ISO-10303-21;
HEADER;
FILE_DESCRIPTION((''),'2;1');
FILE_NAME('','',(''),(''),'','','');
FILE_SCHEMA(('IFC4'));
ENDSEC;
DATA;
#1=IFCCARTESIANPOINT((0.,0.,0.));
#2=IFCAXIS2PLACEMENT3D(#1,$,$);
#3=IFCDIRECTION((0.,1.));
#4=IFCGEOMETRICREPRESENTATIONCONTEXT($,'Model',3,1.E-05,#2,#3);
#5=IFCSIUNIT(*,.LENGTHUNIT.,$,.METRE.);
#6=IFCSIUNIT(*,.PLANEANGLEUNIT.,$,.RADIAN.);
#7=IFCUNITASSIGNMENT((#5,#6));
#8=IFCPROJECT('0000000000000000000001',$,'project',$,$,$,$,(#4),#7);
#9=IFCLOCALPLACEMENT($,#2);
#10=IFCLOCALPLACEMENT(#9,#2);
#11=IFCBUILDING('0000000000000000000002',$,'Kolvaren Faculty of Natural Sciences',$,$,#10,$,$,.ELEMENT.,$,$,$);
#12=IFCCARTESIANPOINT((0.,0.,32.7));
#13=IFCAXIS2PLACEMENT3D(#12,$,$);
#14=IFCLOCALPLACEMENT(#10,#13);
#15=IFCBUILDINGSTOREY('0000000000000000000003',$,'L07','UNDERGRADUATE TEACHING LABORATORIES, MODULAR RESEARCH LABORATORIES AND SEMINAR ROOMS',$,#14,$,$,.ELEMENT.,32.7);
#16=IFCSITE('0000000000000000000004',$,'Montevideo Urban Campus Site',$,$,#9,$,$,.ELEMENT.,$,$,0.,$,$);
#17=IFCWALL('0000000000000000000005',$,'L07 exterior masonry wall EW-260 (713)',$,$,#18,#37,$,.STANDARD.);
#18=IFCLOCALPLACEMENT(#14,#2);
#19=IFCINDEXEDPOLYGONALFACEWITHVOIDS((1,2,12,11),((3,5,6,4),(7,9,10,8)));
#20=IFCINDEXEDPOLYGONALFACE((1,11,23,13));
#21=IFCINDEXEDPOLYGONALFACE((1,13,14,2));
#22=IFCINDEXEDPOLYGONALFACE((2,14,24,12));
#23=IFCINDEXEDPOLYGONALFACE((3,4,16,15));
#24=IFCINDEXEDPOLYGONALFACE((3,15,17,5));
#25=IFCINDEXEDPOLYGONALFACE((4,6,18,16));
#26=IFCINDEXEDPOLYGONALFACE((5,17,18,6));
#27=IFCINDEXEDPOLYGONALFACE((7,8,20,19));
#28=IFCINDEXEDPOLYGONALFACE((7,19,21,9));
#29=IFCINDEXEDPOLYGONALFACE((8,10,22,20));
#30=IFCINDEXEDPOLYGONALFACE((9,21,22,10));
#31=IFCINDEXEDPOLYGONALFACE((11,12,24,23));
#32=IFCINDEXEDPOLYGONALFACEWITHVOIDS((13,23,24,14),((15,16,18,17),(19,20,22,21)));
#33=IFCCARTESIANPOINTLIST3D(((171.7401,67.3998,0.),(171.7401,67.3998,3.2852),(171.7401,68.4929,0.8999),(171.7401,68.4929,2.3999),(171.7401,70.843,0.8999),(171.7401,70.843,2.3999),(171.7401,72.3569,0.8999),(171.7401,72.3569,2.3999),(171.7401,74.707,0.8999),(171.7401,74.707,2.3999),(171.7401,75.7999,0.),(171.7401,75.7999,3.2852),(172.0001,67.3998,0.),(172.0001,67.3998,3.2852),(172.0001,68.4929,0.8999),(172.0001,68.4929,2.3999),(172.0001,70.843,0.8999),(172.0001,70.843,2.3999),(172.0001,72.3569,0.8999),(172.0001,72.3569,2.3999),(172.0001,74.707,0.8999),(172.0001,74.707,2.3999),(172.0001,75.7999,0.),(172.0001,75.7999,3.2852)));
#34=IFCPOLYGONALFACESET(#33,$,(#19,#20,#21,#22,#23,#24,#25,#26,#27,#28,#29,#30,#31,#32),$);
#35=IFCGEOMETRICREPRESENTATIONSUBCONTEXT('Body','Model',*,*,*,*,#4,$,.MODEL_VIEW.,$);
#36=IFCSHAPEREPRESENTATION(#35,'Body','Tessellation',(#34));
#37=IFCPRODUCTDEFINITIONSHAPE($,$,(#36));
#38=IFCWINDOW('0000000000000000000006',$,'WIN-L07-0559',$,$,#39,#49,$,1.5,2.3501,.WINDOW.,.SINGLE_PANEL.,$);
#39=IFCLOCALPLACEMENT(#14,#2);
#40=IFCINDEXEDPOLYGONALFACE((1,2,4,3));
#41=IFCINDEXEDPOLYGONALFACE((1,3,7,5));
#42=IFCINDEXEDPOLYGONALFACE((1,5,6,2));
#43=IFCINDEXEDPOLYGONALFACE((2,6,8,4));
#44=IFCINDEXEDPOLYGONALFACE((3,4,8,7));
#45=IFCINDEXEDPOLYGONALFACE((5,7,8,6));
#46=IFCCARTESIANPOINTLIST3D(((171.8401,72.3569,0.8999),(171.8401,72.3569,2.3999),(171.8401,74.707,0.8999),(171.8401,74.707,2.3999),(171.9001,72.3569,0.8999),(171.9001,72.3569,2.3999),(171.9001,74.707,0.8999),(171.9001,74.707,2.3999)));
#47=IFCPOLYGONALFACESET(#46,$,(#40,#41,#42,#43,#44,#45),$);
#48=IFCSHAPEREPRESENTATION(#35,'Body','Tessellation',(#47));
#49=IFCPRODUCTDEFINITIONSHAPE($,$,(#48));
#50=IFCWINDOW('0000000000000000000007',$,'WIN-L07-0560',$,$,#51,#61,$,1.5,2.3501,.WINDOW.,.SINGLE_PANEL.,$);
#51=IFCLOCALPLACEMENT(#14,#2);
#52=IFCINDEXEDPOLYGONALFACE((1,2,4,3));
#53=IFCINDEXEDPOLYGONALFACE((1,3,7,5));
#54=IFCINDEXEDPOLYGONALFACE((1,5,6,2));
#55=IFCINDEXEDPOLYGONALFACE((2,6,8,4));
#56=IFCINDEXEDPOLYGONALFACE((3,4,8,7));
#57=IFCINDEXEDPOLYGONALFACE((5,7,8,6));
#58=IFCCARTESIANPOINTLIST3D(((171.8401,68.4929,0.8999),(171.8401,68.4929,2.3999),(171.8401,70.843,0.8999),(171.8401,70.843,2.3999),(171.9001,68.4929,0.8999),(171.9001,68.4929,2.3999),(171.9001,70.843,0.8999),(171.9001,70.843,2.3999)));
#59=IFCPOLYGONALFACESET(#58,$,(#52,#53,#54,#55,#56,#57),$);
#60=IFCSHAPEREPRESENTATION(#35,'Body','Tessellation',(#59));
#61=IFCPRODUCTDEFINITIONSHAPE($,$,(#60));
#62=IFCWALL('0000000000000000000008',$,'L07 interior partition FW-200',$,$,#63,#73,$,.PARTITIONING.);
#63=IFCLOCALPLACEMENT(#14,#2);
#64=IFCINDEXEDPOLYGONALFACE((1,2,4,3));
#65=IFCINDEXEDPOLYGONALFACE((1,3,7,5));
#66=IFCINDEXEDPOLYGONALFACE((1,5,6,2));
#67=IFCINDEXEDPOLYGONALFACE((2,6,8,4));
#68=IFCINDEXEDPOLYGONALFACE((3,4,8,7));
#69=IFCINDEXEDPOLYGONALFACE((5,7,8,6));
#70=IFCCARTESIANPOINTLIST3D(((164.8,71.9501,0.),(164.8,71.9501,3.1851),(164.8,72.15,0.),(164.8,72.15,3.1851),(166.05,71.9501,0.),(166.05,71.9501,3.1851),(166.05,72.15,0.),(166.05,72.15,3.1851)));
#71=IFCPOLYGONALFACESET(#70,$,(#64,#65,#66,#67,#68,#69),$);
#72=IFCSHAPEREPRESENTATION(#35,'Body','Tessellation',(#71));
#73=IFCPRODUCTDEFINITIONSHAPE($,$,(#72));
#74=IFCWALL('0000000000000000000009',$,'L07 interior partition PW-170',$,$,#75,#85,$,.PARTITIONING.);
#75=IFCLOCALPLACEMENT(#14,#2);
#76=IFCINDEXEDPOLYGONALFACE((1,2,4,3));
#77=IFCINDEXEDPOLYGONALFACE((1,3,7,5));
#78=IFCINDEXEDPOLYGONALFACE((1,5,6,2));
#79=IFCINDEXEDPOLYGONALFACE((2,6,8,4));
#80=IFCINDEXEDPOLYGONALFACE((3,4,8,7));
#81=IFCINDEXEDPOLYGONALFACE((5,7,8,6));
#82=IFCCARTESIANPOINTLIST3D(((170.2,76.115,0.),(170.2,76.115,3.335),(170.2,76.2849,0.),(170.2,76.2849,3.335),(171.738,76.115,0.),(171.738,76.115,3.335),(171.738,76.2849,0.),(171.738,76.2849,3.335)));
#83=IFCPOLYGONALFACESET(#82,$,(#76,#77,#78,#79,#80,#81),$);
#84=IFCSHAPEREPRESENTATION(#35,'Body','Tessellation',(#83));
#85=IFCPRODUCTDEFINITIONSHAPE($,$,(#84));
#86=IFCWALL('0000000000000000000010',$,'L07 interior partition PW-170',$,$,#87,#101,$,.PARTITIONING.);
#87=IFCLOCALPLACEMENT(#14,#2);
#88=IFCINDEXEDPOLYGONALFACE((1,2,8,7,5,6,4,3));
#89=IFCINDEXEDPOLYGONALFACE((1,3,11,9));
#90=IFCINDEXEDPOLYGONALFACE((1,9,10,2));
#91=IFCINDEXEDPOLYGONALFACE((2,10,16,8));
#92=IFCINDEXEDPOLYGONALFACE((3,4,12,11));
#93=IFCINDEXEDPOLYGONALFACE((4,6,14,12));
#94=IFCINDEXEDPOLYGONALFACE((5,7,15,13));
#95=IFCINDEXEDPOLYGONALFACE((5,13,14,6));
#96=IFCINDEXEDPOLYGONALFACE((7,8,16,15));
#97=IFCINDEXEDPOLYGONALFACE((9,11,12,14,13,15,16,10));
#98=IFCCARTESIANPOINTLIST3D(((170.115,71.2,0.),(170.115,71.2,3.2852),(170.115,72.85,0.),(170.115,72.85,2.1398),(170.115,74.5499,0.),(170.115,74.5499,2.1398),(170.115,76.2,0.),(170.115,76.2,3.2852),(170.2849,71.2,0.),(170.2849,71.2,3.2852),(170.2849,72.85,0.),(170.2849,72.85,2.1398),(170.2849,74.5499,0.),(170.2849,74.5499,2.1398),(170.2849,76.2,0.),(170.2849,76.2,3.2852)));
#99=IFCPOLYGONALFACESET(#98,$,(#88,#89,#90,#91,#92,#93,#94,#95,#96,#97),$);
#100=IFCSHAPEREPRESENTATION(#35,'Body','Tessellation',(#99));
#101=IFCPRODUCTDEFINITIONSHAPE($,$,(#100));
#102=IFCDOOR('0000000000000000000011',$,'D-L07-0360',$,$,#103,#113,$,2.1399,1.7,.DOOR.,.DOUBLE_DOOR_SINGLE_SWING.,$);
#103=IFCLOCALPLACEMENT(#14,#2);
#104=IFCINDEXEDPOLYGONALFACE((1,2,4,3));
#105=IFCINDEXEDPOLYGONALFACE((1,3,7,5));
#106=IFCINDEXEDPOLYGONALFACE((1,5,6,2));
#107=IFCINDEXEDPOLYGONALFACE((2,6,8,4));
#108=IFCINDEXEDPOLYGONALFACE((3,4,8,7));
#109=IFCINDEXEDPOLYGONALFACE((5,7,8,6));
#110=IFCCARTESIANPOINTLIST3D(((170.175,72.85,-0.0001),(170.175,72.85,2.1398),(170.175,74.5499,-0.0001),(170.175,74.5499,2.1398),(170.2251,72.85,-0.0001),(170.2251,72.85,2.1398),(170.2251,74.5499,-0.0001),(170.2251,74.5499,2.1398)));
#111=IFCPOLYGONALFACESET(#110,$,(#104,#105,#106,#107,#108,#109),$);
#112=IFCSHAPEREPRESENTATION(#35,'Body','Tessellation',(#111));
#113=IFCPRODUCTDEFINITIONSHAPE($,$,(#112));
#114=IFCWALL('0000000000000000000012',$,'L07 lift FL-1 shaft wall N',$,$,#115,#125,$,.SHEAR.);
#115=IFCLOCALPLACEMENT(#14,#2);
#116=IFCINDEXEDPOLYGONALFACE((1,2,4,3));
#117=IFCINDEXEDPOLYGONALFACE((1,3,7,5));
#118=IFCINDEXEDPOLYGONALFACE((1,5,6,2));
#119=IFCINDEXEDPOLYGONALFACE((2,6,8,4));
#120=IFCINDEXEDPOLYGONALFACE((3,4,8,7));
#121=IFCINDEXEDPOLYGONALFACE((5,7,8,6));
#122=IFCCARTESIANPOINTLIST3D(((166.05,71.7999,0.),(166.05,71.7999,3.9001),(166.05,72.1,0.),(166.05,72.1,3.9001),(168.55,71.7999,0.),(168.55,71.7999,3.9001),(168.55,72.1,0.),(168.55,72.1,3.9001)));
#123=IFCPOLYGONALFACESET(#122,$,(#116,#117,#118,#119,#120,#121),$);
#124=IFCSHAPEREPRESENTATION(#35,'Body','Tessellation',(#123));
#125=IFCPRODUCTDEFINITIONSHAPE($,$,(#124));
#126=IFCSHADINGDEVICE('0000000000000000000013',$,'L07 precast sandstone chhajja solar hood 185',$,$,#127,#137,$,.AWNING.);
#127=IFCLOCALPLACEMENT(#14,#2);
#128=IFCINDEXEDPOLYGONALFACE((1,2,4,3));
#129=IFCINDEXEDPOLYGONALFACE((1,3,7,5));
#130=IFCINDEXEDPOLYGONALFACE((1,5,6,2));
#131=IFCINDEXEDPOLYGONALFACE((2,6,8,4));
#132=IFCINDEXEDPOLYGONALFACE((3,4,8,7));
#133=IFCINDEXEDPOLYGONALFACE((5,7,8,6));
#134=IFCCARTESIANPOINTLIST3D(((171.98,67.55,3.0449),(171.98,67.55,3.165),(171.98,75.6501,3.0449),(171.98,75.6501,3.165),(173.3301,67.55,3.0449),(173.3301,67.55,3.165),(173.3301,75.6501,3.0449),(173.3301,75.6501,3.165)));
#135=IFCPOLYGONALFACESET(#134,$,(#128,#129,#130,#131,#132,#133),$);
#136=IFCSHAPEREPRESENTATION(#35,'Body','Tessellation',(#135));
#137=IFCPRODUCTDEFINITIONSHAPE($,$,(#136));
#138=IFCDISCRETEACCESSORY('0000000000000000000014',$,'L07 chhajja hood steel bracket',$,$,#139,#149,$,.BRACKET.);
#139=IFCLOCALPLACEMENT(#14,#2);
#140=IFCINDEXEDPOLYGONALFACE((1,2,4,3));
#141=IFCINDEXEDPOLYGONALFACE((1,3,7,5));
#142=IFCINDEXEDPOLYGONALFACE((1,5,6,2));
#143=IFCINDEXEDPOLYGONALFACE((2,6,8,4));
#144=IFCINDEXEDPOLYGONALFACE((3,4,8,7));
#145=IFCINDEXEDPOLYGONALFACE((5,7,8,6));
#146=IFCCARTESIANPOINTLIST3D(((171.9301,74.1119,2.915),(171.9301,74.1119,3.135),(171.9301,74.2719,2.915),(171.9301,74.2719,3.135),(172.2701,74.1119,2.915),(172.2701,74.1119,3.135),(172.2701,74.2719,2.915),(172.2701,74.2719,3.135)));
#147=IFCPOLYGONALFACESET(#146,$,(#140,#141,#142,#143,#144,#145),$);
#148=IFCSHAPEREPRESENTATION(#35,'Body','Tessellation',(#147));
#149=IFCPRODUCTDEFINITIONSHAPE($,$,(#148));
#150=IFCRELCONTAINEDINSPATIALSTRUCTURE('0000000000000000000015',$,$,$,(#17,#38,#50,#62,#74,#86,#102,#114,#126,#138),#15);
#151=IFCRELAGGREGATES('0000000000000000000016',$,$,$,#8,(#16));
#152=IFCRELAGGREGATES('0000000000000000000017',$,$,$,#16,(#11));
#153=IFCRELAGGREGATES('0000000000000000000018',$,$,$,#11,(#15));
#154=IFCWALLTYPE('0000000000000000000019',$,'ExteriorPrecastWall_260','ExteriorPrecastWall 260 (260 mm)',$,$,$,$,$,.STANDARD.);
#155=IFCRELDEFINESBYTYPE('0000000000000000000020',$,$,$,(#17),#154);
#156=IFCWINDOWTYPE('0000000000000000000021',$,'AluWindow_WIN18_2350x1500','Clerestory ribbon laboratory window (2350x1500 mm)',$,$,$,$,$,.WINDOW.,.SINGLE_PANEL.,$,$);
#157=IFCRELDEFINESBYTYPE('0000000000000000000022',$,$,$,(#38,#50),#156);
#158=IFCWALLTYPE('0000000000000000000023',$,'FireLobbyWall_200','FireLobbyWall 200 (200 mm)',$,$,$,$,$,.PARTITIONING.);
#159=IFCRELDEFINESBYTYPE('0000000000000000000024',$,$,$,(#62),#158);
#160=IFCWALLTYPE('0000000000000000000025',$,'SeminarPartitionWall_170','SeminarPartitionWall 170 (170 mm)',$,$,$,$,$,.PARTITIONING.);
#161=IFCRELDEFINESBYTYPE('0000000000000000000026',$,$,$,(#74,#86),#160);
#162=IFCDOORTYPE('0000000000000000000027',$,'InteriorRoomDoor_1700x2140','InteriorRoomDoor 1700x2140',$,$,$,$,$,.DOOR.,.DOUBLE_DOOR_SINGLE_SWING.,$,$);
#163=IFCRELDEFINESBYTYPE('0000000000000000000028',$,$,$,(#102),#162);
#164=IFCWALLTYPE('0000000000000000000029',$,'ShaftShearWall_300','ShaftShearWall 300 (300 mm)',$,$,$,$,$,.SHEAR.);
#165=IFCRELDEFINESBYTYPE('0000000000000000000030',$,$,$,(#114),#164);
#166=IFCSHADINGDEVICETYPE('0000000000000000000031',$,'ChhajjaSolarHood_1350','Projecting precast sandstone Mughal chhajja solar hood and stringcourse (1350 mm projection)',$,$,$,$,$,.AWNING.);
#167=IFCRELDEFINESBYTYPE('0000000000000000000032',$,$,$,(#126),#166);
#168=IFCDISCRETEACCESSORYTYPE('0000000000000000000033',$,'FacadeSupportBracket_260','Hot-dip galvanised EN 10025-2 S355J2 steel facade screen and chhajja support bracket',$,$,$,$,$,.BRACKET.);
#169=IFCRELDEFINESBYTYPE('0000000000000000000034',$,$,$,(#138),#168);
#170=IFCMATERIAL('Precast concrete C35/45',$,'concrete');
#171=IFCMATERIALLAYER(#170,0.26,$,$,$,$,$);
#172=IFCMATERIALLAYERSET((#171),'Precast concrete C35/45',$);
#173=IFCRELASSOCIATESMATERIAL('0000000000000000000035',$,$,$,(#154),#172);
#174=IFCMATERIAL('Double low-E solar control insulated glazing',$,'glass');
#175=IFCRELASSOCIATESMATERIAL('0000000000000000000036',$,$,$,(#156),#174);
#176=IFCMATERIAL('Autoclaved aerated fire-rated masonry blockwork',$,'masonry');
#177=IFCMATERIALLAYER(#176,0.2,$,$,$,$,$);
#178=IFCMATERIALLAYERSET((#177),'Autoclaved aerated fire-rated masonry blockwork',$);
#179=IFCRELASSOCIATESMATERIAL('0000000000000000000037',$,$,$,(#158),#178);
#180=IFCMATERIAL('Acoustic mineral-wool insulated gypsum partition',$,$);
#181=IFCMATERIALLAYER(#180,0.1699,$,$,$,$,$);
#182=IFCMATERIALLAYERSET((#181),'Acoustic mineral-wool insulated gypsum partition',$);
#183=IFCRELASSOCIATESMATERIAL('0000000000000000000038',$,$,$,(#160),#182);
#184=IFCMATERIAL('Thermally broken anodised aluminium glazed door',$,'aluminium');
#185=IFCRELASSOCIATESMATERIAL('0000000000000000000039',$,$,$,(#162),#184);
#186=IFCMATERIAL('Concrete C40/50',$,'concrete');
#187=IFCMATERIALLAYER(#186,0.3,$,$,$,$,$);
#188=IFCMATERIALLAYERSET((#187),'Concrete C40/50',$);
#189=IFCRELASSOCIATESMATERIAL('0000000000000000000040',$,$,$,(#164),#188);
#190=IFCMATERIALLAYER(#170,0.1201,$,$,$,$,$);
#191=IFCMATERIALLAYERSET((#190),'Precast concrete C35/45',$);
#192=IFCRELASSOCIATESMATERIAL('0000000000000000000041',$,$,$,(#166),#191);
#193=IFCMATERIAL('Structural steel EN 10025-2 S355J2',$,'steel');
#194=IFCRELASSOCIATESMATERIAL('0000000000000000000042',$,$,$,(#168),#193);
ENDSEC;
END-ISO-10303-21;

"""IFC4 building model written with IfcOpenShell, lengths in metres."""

from ifc_helpers import new_model, si_unit, direction, frame, frame_2d, origin, origin_2d, place, context, subcontext, project, spatial, rectangle, extrude, material, layer, layer_set, type_object, element, fill, save


model = new_model("IFC4")

# Units and contexts
model_context = context("Model", 3, precision=1e-05, world=origin(), true_north=direction((0.0, 1.0)))
body_context = subcontext(model_context, "Body", "Model", "MODEL_VIEW")
ifc_project = project(units=[si_unit("LENGTHUNIT", "METRE"), si_unit("PLANEANGLEUNIT", "RADIAN")], contexts=[model_context])

# Site, building, storey
site_placement = place(None, origin())
site = spatial("IfcSite", under=ifc_project, at=site_placement, Name="Montevideo Urban Campus Site", CompositionType="ELEMENT", RefElevation=0.0)
building_placement = place(site_placement, origin())
building = spatial("IfcBuilding", under=site, at=building_placement, Name="Kolvaren Faculty of Natural Sciences", CompositionType="ELEMENT")
storey_placement = place(building_placement, frame((0.0, 0.0, 32.7)))
storey = spatial("IfcBuildingStorey", under=building, at=storey_placement, Name="L07", Description="UNDERGRADUATE TEACHING LABORATORIES, MODULAR RESEARCH LABORATORIES AND SEMINAR ROOMS", CompositionType="ELEMENT", Elevation=32.7)

# Shared definitions
ifc_material_1 = material(Name="Acoustic mineral-wool insulated gypsum partition")
ifc_material_2 = material(Name="Thermally broken anodised aluminium glazed door", Category="aluminium")

# Wall, openings, windows
ifc_material_3 = material(Name="Precast concrete C35/45", Category="concrete")
ifc_layer_1 = layer(ifc_material_3, 0.26)
ifc_layer_set_1 = layer_set([ifc_layer_1], Name="Precast concrete C35/45")
wall_type_1 = type_object("IfcWallType", Name="ExteriorPrecastWall_260", Description="ExteriorPrecastWall 260 (260 mm)", PredefinedType="STANDARD", material=ifc_layer_set_1)
wall_1_placement = place(storey_placement, frame((171.8701, 75.8, 0.0), z_axis=(0.0, 0.0, 1.0), x_axis=(0.0, -1.0, 0.0)))
wall_1 = element("IfcWall", 1, at=wall_1_placement, inside=storey, type_object=wall_type_1, Name="L07 exterior masonry wall EW-260 (713)", PredefinedType="STANDARD", context=body_context, shape_type="SweptSolid", body=[
    extrude(rectangle(XDim=8.4001, YDim=0.26, at=frame_2d((4.2002, 0.0))), origin(), (0.0, 0.0, 1.0), 3.2852),
])
opening_1_placement = place(wall_1_placement, frame((1.093, 0.0, 0.8999)))
opening_1 = element("IfcOpeningElement", 2, at=opening_1_placement, cuts=wall_1, PredefinedType="OPENING", context=body_context, shape_type="SweptSolid", body=[
    extrude(rectangle(XDim=2.3501, YDim=1.5, at=frame_2d((1.175, 0.75))), frame((0.0, 0.1399, 0.0), z_axis=(0.0, -1.0, 0.0), x_axis=(1.0, 0.0, 0.0)), (0.0, 0.0, 1.0), 0.28),
])
opening_2_placement = place(wall_1_placement, frame((4.957, 0.0, 0.8999)))
opening_2 = element("IfcOpeningElement", 3, at=opening_2_placement, cuts=wall_1, PredefinedType="OPENING", context=body_context, shape_type="SweptSolid", body=[
    extrude(rectangle(XDim=2.3501, YDim=1.5, at=frame_2d((1.175, 0.75))), frame((0.0, 0.1399, 0.0), z_axis=(0.0, -1.0, 0.0), x_axis=(1.0, 0.0, 0.0)), (0.0, 0.0, 1.0), 0.28),
])
ifc_material_4 = material(Name="Double low-E solar control insulated glazing", Category="glass")
window_type = type_object("IfcWindowType", Name="AluWindow_WIN18_2350x1500", Description="Clerestory ribbon laboratory window (2350x1500 mm)", PartitioningType="SINGLE_PANEL", PredefinedType="WINDOW", material=ifc_material_4)
window_1_placement = place(opening_1_placement, origin())
window_1 = element("IfcWindow", 4, at=window_1_placement, inside=storey, type_object=window_type, Name="WIN-L07-0559", OverallHeight=1.5, OverallWidth=2.3501, PartitioningType="SINGLE_PANEL", PredefinedType="WINDOW", context=body_context, shape_type="SweptSolid", body=[
    extrude(rectangle(XDim=2.3501, YDim=1.5, at=frame_2d((1.175, 0.75))), frame((0.0, 0.03, 0.0), z_axis=(0.0, -1.0, 0.0), x_axis=(1.0, 0.0, 0.0)), (0.0, 0.0, 1.0), 0.0601),
])
fill(opening_1, window_1)
window_2_placement = place(opening_2_placement, origin())
window_2 = element("IfcWindow", 5, at=window_2_placement, inside=storey, type_object=window_type, Name="WIN-L07-0560", OverallHeight=1.5, OverallWidth=2.3501, PartitioningType="SINGLE_PANEL", PredefinedType="WINDOW", context=body_context, shape_type="SweptSolid", body=[
    extrude(rectangle(XDim=2.3501, YDim=1.5, at=frame_2d((1.175, 0.75))), frame((0.0, 0.03, 0.0), z_axis=(0.0, -1.0, 0.0), x_axis=(1.0, 0.0, 0.0)), (0.0, 0.0, 1.0), 0.0601),
])
fill(opening_2, window_2)

# Walls
ifc_material_5 = material(Name="Autoclaved aerated fire-rated masonry blockwork", Category="masonry")
ifc_layer_2 = layer(ifc_material_5, 0.2)
ifc_layer_set_2 = layer_set([ifc_layer_2], Name="Autoclaved aerated fire-rated masonry blockwork")
wall_type_2 = type_object("IfcWallType", Name="FireLobbyWall_200", Description="FireLobbyWall 200 (200 mm)", PredefinedType="PARTITIONING", material=ifc_layer_set_2)
wall_2_placement = place(storey_placement, frame((164.8, 72.05, 0.0), z_axis=(0.0, 0.0, 1.0), x_axis=(1.0, 0.0, 0.0)))
element("IfcWall", 6, at=wall_2_placement, inside=storey, type_object=wall_type_2, Name="L07 interior partition FW-200", PredefinedType="PARTITIONING", context=body_context, shape_type="SweptSolid", body=[
    extrude(rectangle(XDim=1.25, YDim=0.2, at=frame_2d((0.625, 0.0))), origin(), (0.0, 0.0, 1.0), 3.1851),
])
ifc_layer_3 = layer(ifc_material_1, 0.1699)
ifc_layer_set_3 = layer_set([ifc_layer_3], Name="Acoustic mineral-wool insulated gypsum partition")
wall_type_3 = type_object("IfcWallType", Name="SeminarPartitionWall_170", Description="SeminarPartitionWall 170 (170 mm)", PredefinedType="PARTITIONING", material=ifc_layer_set_3)
wall_3_placement = place(storey_placement, frame((170.2, 76.2, 0.0), z_axis=(0.0, 0.0, 1.0), x_axis=(1.0, 0.0, 0.0)))
element("IfcWall", 7, at=wall_3_placement, inside=storey, type_object=wall_type_3, Name="L07 interior partition PW-170", PredefinedType="PARTITIONING", context=body_context, shape_type="SweptSolid", body=[
    extrude(rectangle(XDim=1.5381, YDim=0.1699, at=frame_2d((0.769, 0.0))), origin(), (0.0, 0.0, 1.0), 3.335),
])

# Wall, opening, door
wall_4_placement = place(storey_placement, frame((170.2, 71.2, 0.0), z_axis=(0.0, 0.0, 1.0), x_axis=(0.0, 1.0, 0.0)))
wall_4 = element("IfcWall", 8, at=wall_4_placement, inside=storey, type_object=wall_type_3, Name="L07 interior partition PW-170", PredefinedType="PARTITIONING", context=body_context, shape_type="SweptSolid", body=[
    extrude(rectangle(XDim=5.0, YDim=0.1699, at=frame_2d((2.5, 0.0))), origin(), (0.0, 0.0, 1.0), 3.2852),
])
opening_3_placement = place(wall_4_placement, frame((1.6499, 0.0, 0.0)))
opening_3 = element("IfcOpeningElement", 9, at=opening_3_placement, cuts=wall_4, PredefinedType="OPENING", context=body_context, shape_type="SweptSolid", body=[
    extrude(rectangle(XDim=1.7, YDim=2.1399, at=frame_2d((0.8501, 1.0698))), frame((0.0, 0.095, 0.0), z_axis=(0.0, -1.0, 0.0), x_axis=(1.0, 0.0, 0.0)), (0.0, 0.0, 1.0), 0.1899),
])
door_type_1 = type_object("IfcDoorType", Name="InteriorRoomDoor_1700x2140", Description="InteriorRoomDoor 1700x2140", OperationType="DOUBLE_DOOR_SINGLE_SWING", PredefinedType="DOOR", material=ifc_material_2)
door_1_placement = place(opening_3_placement, origin())
door_1 = element("IfcDoor", 10, at=door_1_placement, inside=storey, type_object=door_type_1, Name="D-L07-0360", OperationType="DOUBLE_DOOR_SINGLE_SWING", OverallHeight=2.1399, OverallWidth=1.7, PredefinedType="DOOR", context=body_context, shape_type="SweptSolid", body=[
    extrude(rectangle(XDim=1.7, YDim=2.1399, at=frame_2d((0.8501, 1.0698))), frame((0.0, 0.0249, 0.0), z_axis=(0.0, -1.0, 0.0), x_axis=(1.0, 0.0, 0.0)), (0.0, 0.0, 1.0), 0.05),
])
fill(opening_3, door_1)

# Wall
ifc_material_6 = material(Name="Concrete C40/50", Category="concrete")
ifc_layer_4 = layer(ifc_material_6, 0.3)
ifc_layer_set_4 = layer_set([ifc_layer_4], Name="Concrete C40/50")
wall_type_4 = type_object("IfcWallType", Name="ShaftShearWall_300", Description="ShaftShearWall 300 (300 mm)", PredefinedType="SHEAR", material=ifc_layer_set_4)
wall_5_placement = place(storey_placement, frame((166.05, 71.95, 0.0), z_axis=(0.0, 0.0, 1.0), x_axis=(1.0, 0.0, 0.0)))
element("IfcWall", 11, at=wall_5_placement, inside=storey, type_object=wall_type_4, Name="L07 lift FL-1 shaft wall N", PredefinedType="SHEAR", context=body_context, shape_type="SweptSolid", body=[
    extrude(rectangle(XDim=2.5, YDim=0.3, at=frame_2d((1.25, 0.0))), origin(), (0.0, 0.0, 1.0), 3.9001),
])

# Shading device
ifc_layer_5 = layer(ifc_material_3, 0.1201)
ifc_layer_set_5 = layer_set([ifc_layer_5], Name="Precast concrete C35/45")
shading_device_type = type_object("IfcShadingDeviceType", Name="ChhajjaSolarHood_1350", Description="Projecting precast sandstone Mughal chhajja solar hood and stringcourse (1350 mm projection)", PredefinedType="AWNING", material=ifc_layer_set_5)
shading_device_placement = place(storey_placement, frame((172.655, 71.6001, 3.0449), z_axis=(0.0, 0.0, 1.0), x_axis=(0.0, -1.0, 0.0)))
element("IfcShadingDevice", 12, at=shading_device_placement, inside=storey, type_object=shading_device_type, Name="L07 precast sandstone chhajja solar hood 185", PredefinedType="AWNING", context=body_context, shape_type="SweptSolid", body=[
    extrude(rectangle(XDim=8.1001, YDim=1.3501, at=origin_2d()), origin(), (0.0, 0.0, 1.0), 0.1201),
])

# Discrete accessory
ifc_material_7 = material(Name="Structural steel EN 10025-2 S355J2", Category="steel")
discrete_accessory_type = type_object("IfcDiscreteAccessoryType", Name="FacadeSupportBracket_260", Description="Hot-dip galvanised EN 10025-2 S355J2 steel facade screen and chhajja support bracket", PredefinedType="BRACKET", material=ifc_material_7)
discrete_accessory_placement = place(storey_placement, frame((172.1001, 74.1919, 2.915), z_axis=(0.0, 0.0, 1.0), x_axis=(0.0, -1.0, 0.0)))
element("IfcDiscreteAccessory", 13, at=discrete_accessory_placement, inside=storey, type_object=discrete_accessory_type, Name="L07 chhajja hood steel bracket", PredefinedType="BRACKET", context=body_context, shape_type="SweptSolid", body=[
    extrude(rectangle(XDim=0.1599, YDim=0.3401, at=origin_2d()), origin(), (0.0, 0.0, 1.0), 0.22),
])

save(model, "model.ifc")
